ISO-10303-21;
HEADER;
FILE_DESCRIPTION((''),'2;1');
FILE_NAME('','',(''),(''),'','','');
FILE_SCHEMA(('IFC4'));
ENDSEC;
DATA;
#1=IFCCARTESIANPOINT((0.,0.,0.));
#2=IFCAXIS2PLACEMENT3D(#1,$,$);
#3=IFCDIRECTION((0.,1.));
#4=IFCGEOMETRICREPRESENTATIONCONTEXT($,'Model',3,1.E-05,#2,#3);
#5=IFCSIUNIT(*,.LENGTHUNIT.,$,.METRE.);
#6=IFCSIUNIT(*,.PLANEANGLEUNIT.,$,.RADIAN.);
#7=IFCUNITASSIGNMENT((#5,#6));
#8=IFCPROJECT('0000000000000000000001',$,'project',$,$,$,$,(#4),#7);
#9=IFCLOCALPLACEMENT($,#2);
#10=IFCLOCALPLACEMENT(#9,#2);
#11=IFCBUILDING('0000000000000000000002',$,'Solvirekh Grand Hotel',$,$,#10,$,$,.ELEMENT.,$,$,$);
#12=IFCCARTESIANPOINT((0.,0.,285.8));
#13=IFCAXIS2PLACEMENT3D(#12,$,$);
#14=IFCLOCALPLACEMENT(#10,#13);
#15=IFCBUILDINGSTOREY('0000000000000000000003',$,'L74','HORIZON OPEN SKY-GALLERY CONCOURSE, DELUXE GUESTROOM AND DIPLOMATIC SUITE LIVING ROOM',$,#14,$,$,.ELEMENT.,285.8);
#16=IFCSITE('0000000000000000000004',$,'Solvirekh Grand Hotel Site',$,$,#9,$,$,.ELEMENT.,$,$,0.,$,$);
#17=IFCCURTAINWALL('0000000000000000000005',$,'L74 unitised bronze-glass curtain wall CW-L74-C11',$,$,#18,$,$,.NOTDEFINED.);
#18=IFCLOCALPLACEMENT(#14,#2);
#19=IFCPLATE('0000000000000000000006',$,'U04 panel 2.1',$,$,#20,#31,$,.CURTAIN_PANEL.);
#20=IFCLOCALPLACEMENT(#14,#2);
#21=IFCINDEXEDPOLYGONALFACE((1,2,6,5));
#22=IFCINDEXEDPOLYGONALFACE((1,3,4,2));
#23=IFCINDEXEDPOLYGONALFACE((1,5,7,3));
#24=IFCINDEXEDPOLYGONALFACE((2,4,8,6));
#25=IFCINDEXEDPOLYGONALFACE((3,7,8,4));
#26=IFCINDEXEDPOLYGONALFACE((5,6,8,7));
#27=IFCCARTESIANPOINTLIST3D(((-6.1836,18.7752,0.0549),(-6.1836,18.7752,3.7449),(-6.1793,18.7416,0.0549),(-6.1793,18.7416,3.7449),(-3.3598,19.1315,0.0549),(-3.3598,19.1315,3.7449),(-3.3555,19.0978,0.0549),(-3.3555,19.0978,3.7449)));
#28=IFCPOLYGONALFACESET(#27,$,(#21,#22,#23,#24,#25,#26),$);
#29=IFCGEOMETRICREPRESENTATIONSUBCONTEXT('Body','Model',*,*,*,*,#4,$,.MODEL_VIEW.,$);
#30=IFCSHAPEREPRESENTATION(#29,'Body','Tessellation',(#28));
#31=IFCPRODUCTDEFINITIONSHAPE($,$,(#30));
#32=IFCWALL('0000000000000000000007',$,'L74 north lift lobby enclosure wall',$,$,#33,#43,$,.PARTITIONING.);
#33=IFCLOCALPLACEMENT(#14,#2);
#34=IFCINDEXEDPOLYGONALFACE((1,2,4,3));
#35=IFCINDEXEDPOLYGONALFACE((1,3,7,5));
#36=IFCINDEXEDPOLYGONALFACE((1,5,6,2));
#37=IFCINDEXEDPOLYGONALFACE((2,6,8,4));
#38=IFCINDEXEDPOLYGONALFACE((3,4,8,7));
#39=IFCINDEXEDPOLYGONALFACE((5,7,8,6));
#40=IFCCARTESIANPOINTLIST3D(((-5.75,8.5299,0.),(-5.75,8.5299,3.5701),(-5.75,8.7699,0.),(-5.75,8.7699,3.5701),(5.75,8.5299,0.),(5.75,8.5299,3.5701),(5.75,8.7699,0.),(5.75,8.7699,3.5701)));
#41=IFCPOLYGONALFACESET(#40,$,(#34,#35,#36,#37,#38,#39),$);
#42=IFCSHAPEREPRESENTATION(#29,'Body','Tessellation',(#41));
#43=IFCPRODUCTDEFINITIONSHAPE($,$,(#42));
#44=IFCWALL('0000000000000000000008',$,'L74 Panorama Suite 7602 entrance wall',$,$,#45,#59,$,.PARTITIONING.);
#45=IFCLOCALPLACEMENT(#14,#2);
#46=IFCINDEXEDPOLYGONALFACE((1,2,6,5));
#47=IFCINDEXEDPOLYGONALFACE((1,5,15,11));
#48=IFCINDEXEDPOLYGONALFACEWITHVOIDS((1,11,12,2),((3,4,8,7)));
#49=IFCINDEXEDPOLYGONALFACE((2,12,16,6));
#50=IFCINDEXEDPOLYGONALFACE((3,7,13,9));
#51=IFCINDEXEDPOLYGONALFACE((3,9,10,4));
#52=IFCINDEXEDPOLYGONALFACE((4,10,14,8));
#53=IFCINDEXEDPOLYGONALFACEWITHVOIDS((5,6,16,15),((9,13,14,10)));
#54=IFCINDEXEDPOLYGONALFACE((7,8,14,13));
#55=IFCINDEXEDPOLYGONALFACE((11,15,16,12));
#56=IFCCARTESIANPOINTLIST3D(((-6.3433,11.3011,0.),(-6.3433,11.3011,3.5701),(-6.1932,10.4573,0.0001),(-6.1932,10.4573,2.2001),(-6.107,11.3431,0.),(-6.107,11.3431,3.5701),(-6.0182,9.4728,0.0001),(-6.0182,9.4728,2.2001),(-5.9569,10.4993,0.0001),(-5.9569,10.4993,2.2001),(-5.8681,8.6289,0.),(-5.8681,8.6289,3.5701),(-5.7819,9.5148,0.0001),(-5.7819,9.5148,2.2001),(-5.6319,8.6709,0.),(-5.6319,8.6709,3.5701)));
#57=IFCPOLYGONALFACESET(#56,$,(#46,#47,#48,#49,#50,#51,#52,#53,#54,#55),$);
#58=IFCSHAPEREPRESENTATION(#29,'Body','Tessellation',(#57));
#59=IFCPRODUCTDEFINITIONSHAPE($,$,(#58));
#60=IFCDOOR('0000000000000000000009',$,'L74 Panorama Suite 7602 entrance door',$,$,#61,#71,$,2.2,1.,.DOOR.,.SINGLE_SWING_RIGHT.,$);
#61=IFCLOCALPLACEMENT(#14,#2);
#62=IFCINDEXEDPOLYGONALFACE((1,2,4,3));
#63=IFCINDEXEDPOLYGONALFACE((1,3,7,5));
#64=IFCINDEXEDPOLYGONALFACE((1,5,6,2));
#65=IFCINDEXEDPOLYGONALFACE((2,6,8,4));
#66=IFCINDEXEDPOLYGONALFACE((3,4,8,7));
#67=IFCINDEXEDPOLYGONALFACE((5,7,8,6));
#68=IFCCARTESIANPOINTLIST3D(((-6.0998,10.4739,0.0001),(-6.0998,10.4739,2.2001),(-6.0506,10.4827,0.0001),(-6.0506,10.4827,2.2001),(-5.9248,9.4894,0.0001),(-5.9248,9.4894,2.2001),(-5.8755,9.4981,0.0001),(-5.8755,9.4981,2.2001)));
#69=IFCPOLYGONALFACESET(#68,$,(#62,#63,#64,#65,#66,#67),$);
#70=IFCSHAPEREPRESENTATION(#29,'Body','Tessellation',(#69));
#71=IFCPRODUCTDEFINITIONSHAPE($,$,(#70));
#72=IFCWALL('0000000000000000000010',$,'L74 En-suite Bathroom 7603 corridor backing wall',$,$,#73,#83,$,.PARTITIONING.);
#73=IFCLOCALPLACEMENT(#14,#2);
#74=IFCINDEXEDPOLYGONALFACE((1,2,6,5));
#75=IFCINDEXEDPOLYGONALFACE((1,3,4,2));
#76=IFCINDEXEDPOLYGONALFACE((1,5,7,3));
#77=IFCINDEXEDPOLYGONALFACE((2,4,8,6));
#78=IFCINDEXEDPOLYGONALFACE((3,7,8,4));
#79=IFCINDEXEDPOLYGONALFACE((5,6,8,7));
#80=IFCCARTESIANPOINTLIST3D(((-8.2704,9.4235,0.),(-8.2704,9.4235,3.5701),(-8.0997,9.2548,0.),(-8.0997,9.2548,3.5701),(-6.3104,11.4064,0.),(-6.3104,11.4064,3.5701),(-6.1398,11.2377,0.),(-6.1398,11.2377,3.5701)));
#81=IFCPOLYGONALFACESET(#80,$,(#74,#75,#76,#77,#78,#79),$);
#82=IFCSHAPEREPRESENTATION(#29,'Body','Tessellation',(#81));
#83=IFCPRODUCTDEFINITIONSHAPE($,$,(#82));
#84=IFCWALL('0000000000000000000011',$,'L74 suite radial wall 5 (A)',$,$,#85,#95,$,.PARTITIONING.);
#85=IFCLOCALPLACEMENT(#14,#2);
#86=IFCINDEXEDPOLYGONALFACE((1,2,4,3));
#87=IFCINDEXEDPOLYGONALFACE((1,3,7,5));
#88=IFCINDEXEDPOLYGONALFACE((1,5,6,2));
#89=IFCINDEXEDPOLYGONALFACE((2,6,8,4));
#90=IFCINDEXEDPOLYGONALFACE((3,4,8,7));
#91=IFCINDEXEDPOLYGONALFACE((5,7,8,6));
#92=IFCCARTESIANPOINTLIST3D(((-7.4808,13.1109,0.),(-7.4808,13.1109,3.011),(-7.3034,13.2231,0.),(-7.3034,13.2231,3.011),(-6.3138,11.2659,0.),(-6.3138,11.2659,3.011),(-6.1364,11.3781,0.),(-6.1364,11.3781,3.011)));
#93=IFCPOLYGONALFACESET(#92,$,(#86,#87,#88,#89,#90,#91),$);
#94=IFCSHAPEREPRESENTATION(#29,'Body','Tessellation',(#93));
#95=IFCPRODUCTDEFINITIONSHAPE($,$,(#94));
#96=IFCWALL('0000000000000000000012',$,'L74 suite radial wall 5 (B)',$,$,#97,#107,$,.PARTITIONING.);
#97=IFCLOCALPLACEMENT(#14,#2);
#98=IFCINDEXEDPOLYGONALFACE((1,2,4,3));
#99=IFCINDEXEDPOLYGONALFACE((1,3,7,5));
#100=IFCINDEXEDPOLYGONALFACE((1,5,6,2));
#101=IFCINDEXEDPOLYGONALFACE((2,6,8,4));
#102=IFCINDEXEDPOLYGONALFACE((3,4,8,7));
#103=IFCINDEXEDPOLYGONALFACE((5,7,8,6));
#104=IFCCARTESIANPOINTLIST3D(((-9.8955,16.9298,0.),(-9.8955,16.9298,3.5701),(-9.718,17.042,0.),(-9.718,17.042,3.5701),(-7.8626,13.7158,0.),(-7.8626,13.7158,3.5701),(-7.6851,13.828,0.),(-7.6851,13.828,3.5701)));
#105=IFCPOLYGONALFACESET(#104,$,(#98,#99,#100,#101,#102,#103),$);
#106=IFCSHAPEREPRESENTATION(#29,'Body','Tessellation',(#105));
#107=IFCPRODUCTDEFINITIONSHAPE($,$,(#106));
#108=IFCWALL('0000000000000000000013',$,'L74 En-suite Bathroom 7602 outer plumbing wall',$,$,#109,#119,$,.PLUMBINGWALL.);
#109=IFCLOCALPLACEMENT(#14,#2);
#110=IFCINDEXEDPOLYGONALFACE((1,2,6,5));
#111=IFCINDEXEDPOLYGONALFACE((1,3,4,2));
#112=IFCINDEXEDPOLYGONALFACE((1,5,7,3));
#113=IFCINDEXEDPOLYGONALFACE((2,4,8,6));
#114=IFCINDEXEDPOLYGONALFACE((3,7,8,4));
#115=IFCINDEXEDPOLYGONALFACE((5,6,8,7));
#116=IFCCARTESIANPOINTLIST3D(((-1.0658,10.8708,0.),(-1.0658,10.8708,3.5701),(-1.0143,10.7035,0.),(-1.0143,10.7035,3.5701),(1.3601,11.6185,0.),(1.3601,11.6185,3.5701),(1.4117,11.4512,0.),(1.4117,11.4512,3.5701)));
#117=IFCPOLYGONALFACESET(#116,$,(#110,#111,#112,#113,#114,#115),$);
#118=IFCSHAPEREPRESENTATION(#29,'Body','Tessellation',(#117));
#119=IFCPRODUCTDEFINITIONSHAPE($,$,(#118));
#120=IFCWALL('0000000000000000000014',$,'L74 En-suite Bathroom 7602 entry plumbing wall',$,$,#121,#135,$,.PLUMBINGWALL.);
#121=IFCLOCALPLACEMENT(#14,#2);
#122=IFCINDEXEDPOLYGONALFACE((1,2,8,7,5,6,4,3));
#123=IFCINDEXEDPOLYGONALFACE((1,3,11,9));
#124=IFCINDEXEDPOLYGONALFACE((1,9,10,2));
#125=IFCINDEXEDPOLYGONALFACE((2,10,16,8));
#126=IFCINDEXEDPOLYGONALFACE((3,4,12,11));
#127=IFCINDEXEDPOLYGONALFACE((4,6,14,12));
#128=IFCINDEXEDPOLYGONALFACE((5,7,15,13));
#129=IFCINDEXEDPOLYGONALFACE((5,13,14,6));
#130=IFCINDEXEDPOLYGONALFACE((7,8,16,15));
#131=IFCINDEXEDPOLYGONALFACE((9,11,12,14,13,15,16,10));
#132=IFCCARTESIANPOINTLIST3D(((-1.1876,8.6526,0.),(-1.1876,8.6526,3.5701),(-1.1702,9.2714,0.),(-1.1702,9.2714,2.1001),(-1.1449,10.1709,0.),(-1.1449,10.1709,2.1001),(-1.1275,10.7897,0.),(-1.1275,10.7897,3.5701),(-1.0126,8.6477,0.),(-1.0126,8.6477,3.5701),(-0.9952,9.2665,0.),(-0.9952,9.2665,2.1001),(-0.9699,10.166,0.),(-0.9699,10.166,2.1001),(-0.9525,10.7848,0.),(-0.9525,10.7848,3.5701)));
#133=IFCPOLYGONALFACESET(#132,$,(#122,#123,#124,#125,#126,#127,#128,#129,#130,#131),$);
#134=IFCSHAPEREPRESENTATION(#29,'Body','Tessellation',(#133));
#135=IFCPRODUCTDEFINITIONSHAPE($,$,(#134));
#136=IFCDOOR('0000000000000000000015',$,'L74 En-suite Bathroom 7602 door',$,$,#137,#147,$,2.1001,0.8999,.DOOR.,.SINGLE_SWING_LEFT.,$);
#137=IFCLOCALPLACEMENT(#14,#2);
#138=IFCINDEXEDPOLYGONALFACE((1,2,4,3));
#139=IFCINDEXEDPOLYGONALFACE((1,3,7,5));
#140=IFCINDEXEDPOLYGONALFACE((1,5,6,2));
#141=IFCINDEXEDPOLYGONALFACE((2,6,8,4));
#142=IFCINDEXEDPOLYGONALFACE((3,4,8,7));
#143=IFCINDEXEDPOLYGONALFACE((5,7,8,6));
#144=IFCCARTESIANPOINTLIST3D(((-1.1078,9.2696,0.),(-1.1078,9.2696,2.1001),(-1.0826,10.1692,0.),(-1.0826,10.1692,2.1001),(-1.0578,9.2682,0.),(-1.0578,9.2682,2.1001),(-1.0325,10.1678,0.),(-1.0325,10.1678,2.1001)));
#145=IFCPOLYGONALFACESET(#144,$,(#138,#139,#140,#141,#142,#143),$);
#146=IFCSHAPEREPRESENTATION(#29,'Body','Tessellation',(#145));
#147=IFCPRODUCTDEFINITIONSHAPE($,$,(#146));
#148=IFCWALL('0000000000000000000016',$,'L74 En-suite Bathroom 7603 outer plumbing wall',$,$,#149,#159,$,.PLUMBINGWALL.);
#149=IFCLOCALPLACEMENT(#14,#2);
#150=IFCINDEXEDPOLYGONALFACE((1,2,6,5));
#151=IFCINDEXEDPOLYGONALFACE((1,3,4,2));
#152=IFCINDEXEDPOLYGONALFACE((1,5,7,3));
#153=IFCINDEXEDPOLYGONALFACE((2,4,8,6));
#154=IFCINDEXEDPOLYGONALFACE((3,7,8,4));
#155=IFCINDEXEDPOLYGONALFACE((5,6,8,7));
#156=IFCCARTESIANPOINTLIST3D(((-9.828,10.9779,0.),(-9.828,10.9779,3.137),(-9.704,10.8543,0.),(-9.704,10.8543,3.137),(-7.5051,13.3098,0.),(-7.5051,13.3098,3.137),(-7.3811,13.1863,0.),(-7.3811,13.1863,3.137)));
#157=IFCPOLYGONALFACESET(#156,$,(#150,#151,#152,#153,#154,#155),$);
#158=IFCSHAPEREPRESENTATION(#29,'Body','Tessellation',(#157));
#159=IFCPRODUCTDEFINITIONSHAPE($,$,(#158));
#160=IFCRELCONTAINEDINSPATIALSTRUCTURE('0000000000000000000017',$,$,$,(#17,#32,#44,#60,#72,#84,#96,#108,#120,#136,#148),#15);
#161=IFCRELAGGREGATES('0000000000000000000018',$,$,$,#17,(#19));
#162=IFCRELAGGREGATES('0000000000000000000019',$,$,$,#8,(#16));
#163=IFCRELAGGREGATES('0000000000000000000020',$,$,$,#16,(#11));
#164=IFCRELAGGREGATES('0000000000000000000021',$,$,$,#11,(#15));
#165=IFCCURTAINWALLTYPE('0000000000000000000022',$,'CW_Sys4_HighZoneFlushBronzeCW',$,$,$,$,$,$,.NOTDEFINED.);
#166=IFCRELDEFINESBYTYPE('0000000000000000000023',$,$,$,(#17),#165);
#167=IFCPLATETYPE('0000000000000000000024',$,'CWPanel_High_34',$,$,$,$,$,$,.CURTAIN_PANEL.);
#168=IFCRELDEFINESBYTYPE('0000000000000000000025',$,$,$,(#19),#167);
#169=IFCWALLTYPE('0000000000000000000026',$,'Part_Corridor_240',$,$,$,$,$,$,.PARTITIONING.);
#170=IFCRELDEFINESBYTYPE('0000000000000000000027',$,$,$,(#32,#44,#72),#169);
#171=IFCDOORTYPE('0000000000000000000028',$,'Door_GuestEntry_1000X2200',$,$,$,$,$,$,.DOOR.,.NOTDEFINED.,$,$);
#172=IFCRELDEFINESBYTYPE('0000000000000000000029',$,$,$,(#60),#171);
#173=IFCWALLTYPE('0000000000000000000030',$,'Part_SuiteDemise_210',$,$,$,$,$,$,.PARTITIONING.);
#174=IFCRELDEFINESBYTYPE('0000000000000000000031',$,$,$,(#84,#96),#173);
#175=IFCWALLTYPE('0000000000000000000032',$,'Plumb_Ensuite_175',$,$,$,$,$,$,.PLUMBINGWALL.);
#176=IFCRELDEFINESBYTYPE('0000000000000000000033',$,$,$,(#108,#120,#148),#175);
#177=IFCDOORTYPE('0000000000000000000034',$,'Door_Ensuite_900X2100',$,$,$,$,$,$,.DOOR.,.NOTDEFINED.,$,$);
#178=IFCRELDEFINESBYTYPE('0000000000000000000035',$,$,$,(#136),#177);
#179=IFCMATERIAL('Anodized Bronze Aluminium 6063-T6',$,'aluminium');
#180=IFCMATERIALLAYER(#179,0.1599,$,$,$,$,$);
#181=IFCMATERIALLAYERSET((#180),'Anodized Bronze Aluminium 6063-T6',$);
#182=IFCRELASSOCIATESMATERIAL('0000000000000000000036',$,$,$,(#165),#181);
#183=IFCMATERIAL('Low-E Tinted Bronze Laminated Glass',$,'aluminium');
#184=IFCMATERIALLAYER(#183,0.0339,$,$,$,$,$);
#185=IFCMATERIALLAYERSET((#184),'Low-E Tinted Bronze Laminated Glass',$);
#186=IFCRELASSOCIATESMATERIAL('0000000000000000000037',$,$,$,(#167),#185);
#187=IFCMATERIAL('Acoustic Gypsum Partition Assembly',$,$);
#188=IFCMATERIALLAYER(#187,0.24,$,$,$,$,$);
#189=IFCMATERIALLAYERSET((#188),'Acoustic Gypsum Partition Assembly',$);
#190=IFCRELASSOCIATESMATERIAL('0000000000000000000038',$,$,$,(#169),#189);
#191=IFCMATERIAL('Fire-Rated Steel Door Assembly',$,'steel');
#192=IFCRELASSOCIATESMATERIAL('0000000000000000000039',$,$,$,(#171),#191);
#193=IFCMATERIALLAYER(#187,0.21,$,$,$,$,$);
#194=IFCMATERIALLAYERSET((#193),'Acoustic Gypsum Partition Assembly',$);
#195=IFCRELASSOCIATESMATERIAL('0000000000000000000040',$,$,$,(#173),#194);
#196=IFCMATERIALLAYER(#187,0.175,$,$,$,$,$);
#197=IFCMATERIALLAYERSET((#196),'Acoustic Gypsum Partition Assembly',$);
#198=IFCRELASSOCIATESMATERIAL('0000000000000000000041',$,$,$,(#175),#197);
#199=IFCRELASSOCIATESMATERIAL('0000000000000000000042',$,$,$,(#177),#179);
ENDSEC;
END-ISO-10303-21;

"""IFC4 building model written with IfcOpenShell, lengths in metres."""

from ifc_helpers import new_model, si_unit, direction, frame, frame_2d, origin, origin_2d, place, context, subcontext, project, spatial, rectangle, extrude, source, transform, mapped, material, layer, layer_set, type_object, element, fill, aggregate, save


model = new_model("IFC4")

# Units and contexts
model_context = context("Model", 3, precision=1e-05, world=origin(), true_north=direction((0.0, 1.0)))
body_context = subcontext(model_context, "Body", "Model", "MODEL_VIEW")
ifc_project = project(units=[si_unit("LENGTHUNIT", "METRE"), si_unit("PLANEANGLEUNIT", "RADIAN")], contexts=[model_context])

# Site, building, storey
site_placement = place(None, origin())
site = spatial("IfcSite", under=ifc_project, at=site_placement, Name="Solvirekh Grand Hotel Site", CompositionType="ELEMENT", RefElevation=0.0)
building_placement = place(site_placement, origin())
building = spatial("IfcBuilding", under=site, at=building_placement, Name="Solvirekh Grand Hotel", CompositionType="ELEMENT")
storey_placement = place(building_placement, frame((0.0, 0.0, 285.8)))
storey = spatial("IfcBuildingStorey", under=building, at=storey_placement, Name="L74", Description="HORIZON OPEN SKY-GALLERY CONCOURSE, DELUXE GUESTROOM AND DIPLOMATIC SUITE LIVING ROOM", CompositionType="ELEMENT", Elevation=285.8)

# Curtain wall, plate
ifc_material_1 = material(Name="Anodized Bronze Aluminium 6063-T6", Category="aluminium")
ifc_layer_1 = layer(ifc_material_1, 0.1599)
ifc_layer_set_1 = layer_set([ifc_layer_1], Name="Anodized Bronze Aluminium 6063-T6")
curtain_wall_type = type_object("IfcCurtainWallType", Name="CW_Sys4_HighZoneFlushBronzeCW", PredefinedType="NOTDEFINED", material=ifc_layer_set_1)
curtain_wall_placement = place(storey_placement, origin())
curtain_wall = element("IfcCurtainWall", 1, at=curtain_wall_placement, inside=storey, type_object=curtain_wall_type, Name="L74 unitised bronze-glass curtain wall CW-L74-C11", PredefinedType="NOTDEFINED")
ifc_material_2 = material(Name="Low-E Tinted Bronze Laminated Glass", Category="aluminium")
ifc_layer_2 = layer(ifc_material_2, 0.0339)
ifc_layer_set_2 = layer_set([ifc_layer_2], Name="Low-E Tinted Bronze Laminated Glass")
plate_type = type_object("IfcPlateType", Name="CWPanel_High_34", PredefinedType="CURTAIN_PANEL", material=ifc_layer_set_2)
shared_shape_1 = source(origin(), body_context, "Body", "SweptSolid", [
    extrude(rectangle(XDim=2.8462, YDim=0.0339, at=origin_2d()), origin(), (0.0, 0.0, 1.0), 3.6899),
])
plate_1_placement = place(storey_placement, frame((-4.7695, 18.9365, 0.0549), z_axis=(0.0, 0.0, 1.0), x_axis=(-0.992136, -0.125166, 0.0)))
plate_1 = element("IfcPlate", 2, at=plate_1_placement, type_object=plate_type, Name="U04 panel 2.1", PredefinedType="CURTAIN_PANEL", context=body_context, shape_type="MappedRepresentation", body=[
    mapped(shared_shape_1, transform((0.0, 0.0, 0.0), x_axis=(1.0, 0.0, 0.0), y_axis=(0.0, 1.0, 0.0), z_axis=(0.0, 0.0, 1.0), scale=1.0)),
])
aggregate(curtain_wall, [plate_1])

# Wall
ifc_material_3 = material(Name="Acoustic Gypsum Partition Assembly")
ifc_layer_3 = layer(ifc_material_3, 0.24)
ifc_layer_set_3 = layer_set([ifc_layer_3], Name="Acoustic Gypsum Partition Assembly")
wall_type_1 = type_object("IfcWallType", Name="Part_Corridor_240", PredefinedType="PARTITIONING", material=ifc_layer_set_3)
wall_1_placement = place(storey_placement, frame((-5.75, 8.6499, 0.0), z_axis=(0.0, 0.0, 1.0), x_axis=(1.0, 0.0, 0.0)))
element("IfcWall", 3, at=wall_1_placement, inside=storey, type_object=wall_type_1, Name="L74 north lift lobby enclosure wall", PredefinedType="PARTITIONING", context=body_context, shape_type="SweptSolid", body=[
    extrude(rectangle(XDim=11.5, YDim=0.24, at=frame_2d((5.75, 0.0))), origin(), (0.0, 0.0, 1.0), 3.5701),
])

# Wall, opening, door
wall_2_placement = place(storey_placement, frame((-6.2251, 11.322, 0.0), z_axis=(0.0, 0.0, 1.0), x_axis=(0.175053, -0.984559, 0.0)))
wall_2 = element("IfcWall", 4, at=wall_2_placement, inside=storey, type_object=wall_type_1, Name="L74 Panorama Suite 7602 entrance wall", PredefinedType="PARTITIONING", context=body_context, shape_type="SweptSolid", body=[
    extrude(rectangle(XDim=2.7141, YDim=0.24, at=frame_2d((1.3569, 0.0))), origin(), (0.0, 0.0, 1.0), 3.5701),
])
opening_1_placement = place(wall_2_placement, frame((0.8569, 0.0, 0.0)))
opening_1 = element("IfcOpeningElement", 5, at=opening_1_placement, cuts=wall_2, PredefinedType="OPENING", context=body_context, shape_type="SweptSolid", body=[
    extrude(rectangle(XDim=1.0, YDim=2.2, at=frame_2d((0.5, 1.1001))), frame((0.0, 0.1299, 0.0), z_axis=(0.0, -1.0, 0.0), x_axis=(1.0, 0.0, 0.0)), (0.0, 0.0, 1.0), 0.26),
])
ifc_material_4 = material(Name="Fire-Rated Steel Door Assembly", Category="steel")
door_type_1 = type_object("IfcDoorType", Name="Door_GuestEntry_1000X2200", OperationType="NOTDEFINED", PredefinedType="DOOR", material=ifc_material_4)
door_1_placement = place(opening_1_placement, origin())
door_1 = element("IfcDoor", 6, at=door_1_placement, inside=storey, type_object=door_type_1, Name="L74 Panorama Suite 7602 entrance door", OperationType="SINGLE_SWING_RIGHT", OverallHeight=2.2, OverallWidth=1.0, PredefinedType="DOOR", context=body_context, shape_type="SweptSolid", body=[
    extrude(rectangle(XDim=1.0, YDim=2.2, at=frame_2d((0.5, 1.1001))), frame((0.0, 0.0249, 0.0), z_axis=(0.0, -1.0, 0.0), x_axis=(1.0, 0.0, 0.0)), (0.0, 0.0, 1.0), 0.05),
])
fill(opening_1, door_1)

# Walls
wall_3_placement = place(storey_placement, frame((-6.2251, 11.322, 0.0), z_axis=(0.0, 0.0, 1.0), x_axis=(-0.702979, -0.71121, 0.0)))
element("IfcWall", 7, at=wall_3_placement, inside=storey, type_object=wall_type_1, Name="L74 En-suite Bathroom 7603 corridor backing wall", PredefinedType="PARTITIONING", context=body_context, shape_type="SweptSolid", body=[
    extrude(rectangle(XDim=2.7881, YDim=0.24, at=frame_2d((1.394, 0.0))), origin(), (0.0, 0.0, 1.0), 3.5701),
])
ifc_layer_4 = layer(ifc_material_3, 0.21)
ifc_layer_set_4 = layer_set([ifc_layer_4], Name="Acoustic Gypsum Partition Assembly")
wall_type_2 = type_object("IfcWallType", Name="Part_SuiteDemise_210", PredefinedType="PARTITIONING", material=ifc_layer_set_4)
wall_4_placement = place(storey_placement, frame((-6.2251, 11.322, 0.0), z_axis=(0.0, 0.0, 1.0), x_axis=(-0.534565, 0.845127, 0.0)))
element("IfcWall", 8, at=wall_4_placement, inside=storey, type_object=wall_type_2, Name="L74 suite radial wall 5 (A)", PredefinedType="PARTITIONING", context=body_context, shape_type="SweptSolid", body=[
    extrude(rectangle(XDim=2.1831, YDim=0.21, at=frame_2d((1.0916, 0.0))), origin(), (0.0, 0.0, 1.0), 3.011),
])
wall_5_placement = place(storey_placement, frame((-7.7739, 13.772, 0.0), z_axis=(0.0, 0.0, 1.0), x_axis=(-0.534556, 0.845133, 0.0)))
element("IfcWall", 9, at=wall_5_placement, inside=storey, type_object=wall_type_2, Name="L74 suite radial wall 5 (B)", PredefinedType="PARTITIONING", context=body_context, shape_type="SweptSolid", body=[
    extrude(rectangle(XDim=3.803, YDim=0.21, at=frame_2d((1.9014, 0.0))), origin(), (0.0, 0.0, 1.0), 3.5701),
])
ifc_layer_5 = layer(ifc_material_3, 0.175)
ifc_layer_set_5 = layer_set([ifc_layer_5], Name="Acoustic Gypsum Partition Assembly")
wall_type_3 = type_object("IfcWallType", Name="Plumb_Ensuite_175", PredefinedType="PLUMBINGWALL", material=ifc_layer_set_5)
wall_6_placement = place(storey_placement, frame((-1.04, 10.7871, 0.0), z_axis=(0.0, 0.0, 1.0), x_axis=(0.955631, 0.294566, 0.0)))
element("IfcWall", 10, at=wall_6_placement, inside=storey, type_object=wall_type_3, Name="L74 En-suite Bathroom 7602 outer plumbing wall", PredefinedType="PLUMBINGWALL", context=body_context, shape_type="SweptSolid", body=[
    extrude(rectangle(XDim=2.5386, YDim=0.175, at=frame_2d((1.2693, 0.0))), origin(), (0.0, 0.0, 1.0), 3.5701),
])

# Wall, opening, door
wall_7_placement = place(storey_placement, frame((-1.04, 10.7871, 0.0), z_axis=(0.0, 0.0, 1.0), x_axis=(-0.02809, -0.999605, 0.0)))
wall_7 = element("IfcWall", 11, at=wall_7_placement, inside=storey, type_object=wall_type_3, Name="L74 En-suite Bathroom 7602 entry plumbing wall", PredefinedType="PLUMBINGWALL", context=body_context, shape_type="SweptSolid", body=[
    extrude(rectangle(XDim=2.1379, YDim=0.175, at=frame_2d((1.0688, 0.0))), origin(), (0.0, 0.0, 1.0), 3.5701),
])
opening_2_placement = place(wall_7_placement, frame((0.6189, 0.0, 0.0)))
opening_2 = element("IfcOpeningElement", 12, at=opening_2_placement, cuts=wall_7, PredefinedType="OPENING", context=body_context, shape_type="SweptSolid", body=[
    extrude(rectangle(XDim=0.8999, YDim=2.1001, at=frame_2d((0.45, 1.05))), frame((0.0, 0.0977, 0.0), z_axis=(0.0, -1.0, 0.0), x_axis=(1.0, 0.0, 0.0)), (0.0, 0.0, 1.0), 0.1951),
])
door_type_2 = type_object("IfcDoorType", Name="Door_Ensuite_900X2100", OperationType="NOTDEFINED", PredefinedType="DOOR", material=ifc_material_1)
door_2_placement = place(opening_2_placement, origin())
door_2 = element("IfcDoor", 13, at=door_2_placement, inside=storey, type_object=door_type_2, Name="L74 En-suite Bathroom 7602 door", OperationType="SINGLE_SWING_LEFT", OverallHeight=2.1001, OverallWidth=0.8999, PredefinedType="DOOR", context=body_context, shape_type="SweptSolid", body=[
    extrude(rectangle(XDim=0.8999, YDim=2.1001, at=frame_2d((0.45, 1.05))), frame((0.0, 0.0249, 0.0), z_axis=(0.0, -1.0, 0.0), x_axis=(1.0, 0.0, 0.0)), (0.0, 0.0, 1.0), 0.05),
])
fill(opening_2, door_2)

# Wall
wall_8_placement = place(storey_placement, frame((-7.4431, 13.248, 0.0), z_axis=(0.0, 0.0, 1.0), x_axis=(-0.705733, -0.708478, 0.0)))
element("IfcWall", 14, at=wall_8_placement, inside=storey, type_object=wall_type_3, Name="L74 En-suite Bathroom 7603 outer plumbing wall", PredefinedType="PLUMBINGWALL", context=body_context, shape_type="SweptSolid", body=[
    extrude(rectangle(XDim=3.2915, YDim=0.175, at=frame_2d((1.6458, 0.0))), origin(), (0.0, 0.0, 1.0), 3.137),
])

save(model, "model.ifc")
